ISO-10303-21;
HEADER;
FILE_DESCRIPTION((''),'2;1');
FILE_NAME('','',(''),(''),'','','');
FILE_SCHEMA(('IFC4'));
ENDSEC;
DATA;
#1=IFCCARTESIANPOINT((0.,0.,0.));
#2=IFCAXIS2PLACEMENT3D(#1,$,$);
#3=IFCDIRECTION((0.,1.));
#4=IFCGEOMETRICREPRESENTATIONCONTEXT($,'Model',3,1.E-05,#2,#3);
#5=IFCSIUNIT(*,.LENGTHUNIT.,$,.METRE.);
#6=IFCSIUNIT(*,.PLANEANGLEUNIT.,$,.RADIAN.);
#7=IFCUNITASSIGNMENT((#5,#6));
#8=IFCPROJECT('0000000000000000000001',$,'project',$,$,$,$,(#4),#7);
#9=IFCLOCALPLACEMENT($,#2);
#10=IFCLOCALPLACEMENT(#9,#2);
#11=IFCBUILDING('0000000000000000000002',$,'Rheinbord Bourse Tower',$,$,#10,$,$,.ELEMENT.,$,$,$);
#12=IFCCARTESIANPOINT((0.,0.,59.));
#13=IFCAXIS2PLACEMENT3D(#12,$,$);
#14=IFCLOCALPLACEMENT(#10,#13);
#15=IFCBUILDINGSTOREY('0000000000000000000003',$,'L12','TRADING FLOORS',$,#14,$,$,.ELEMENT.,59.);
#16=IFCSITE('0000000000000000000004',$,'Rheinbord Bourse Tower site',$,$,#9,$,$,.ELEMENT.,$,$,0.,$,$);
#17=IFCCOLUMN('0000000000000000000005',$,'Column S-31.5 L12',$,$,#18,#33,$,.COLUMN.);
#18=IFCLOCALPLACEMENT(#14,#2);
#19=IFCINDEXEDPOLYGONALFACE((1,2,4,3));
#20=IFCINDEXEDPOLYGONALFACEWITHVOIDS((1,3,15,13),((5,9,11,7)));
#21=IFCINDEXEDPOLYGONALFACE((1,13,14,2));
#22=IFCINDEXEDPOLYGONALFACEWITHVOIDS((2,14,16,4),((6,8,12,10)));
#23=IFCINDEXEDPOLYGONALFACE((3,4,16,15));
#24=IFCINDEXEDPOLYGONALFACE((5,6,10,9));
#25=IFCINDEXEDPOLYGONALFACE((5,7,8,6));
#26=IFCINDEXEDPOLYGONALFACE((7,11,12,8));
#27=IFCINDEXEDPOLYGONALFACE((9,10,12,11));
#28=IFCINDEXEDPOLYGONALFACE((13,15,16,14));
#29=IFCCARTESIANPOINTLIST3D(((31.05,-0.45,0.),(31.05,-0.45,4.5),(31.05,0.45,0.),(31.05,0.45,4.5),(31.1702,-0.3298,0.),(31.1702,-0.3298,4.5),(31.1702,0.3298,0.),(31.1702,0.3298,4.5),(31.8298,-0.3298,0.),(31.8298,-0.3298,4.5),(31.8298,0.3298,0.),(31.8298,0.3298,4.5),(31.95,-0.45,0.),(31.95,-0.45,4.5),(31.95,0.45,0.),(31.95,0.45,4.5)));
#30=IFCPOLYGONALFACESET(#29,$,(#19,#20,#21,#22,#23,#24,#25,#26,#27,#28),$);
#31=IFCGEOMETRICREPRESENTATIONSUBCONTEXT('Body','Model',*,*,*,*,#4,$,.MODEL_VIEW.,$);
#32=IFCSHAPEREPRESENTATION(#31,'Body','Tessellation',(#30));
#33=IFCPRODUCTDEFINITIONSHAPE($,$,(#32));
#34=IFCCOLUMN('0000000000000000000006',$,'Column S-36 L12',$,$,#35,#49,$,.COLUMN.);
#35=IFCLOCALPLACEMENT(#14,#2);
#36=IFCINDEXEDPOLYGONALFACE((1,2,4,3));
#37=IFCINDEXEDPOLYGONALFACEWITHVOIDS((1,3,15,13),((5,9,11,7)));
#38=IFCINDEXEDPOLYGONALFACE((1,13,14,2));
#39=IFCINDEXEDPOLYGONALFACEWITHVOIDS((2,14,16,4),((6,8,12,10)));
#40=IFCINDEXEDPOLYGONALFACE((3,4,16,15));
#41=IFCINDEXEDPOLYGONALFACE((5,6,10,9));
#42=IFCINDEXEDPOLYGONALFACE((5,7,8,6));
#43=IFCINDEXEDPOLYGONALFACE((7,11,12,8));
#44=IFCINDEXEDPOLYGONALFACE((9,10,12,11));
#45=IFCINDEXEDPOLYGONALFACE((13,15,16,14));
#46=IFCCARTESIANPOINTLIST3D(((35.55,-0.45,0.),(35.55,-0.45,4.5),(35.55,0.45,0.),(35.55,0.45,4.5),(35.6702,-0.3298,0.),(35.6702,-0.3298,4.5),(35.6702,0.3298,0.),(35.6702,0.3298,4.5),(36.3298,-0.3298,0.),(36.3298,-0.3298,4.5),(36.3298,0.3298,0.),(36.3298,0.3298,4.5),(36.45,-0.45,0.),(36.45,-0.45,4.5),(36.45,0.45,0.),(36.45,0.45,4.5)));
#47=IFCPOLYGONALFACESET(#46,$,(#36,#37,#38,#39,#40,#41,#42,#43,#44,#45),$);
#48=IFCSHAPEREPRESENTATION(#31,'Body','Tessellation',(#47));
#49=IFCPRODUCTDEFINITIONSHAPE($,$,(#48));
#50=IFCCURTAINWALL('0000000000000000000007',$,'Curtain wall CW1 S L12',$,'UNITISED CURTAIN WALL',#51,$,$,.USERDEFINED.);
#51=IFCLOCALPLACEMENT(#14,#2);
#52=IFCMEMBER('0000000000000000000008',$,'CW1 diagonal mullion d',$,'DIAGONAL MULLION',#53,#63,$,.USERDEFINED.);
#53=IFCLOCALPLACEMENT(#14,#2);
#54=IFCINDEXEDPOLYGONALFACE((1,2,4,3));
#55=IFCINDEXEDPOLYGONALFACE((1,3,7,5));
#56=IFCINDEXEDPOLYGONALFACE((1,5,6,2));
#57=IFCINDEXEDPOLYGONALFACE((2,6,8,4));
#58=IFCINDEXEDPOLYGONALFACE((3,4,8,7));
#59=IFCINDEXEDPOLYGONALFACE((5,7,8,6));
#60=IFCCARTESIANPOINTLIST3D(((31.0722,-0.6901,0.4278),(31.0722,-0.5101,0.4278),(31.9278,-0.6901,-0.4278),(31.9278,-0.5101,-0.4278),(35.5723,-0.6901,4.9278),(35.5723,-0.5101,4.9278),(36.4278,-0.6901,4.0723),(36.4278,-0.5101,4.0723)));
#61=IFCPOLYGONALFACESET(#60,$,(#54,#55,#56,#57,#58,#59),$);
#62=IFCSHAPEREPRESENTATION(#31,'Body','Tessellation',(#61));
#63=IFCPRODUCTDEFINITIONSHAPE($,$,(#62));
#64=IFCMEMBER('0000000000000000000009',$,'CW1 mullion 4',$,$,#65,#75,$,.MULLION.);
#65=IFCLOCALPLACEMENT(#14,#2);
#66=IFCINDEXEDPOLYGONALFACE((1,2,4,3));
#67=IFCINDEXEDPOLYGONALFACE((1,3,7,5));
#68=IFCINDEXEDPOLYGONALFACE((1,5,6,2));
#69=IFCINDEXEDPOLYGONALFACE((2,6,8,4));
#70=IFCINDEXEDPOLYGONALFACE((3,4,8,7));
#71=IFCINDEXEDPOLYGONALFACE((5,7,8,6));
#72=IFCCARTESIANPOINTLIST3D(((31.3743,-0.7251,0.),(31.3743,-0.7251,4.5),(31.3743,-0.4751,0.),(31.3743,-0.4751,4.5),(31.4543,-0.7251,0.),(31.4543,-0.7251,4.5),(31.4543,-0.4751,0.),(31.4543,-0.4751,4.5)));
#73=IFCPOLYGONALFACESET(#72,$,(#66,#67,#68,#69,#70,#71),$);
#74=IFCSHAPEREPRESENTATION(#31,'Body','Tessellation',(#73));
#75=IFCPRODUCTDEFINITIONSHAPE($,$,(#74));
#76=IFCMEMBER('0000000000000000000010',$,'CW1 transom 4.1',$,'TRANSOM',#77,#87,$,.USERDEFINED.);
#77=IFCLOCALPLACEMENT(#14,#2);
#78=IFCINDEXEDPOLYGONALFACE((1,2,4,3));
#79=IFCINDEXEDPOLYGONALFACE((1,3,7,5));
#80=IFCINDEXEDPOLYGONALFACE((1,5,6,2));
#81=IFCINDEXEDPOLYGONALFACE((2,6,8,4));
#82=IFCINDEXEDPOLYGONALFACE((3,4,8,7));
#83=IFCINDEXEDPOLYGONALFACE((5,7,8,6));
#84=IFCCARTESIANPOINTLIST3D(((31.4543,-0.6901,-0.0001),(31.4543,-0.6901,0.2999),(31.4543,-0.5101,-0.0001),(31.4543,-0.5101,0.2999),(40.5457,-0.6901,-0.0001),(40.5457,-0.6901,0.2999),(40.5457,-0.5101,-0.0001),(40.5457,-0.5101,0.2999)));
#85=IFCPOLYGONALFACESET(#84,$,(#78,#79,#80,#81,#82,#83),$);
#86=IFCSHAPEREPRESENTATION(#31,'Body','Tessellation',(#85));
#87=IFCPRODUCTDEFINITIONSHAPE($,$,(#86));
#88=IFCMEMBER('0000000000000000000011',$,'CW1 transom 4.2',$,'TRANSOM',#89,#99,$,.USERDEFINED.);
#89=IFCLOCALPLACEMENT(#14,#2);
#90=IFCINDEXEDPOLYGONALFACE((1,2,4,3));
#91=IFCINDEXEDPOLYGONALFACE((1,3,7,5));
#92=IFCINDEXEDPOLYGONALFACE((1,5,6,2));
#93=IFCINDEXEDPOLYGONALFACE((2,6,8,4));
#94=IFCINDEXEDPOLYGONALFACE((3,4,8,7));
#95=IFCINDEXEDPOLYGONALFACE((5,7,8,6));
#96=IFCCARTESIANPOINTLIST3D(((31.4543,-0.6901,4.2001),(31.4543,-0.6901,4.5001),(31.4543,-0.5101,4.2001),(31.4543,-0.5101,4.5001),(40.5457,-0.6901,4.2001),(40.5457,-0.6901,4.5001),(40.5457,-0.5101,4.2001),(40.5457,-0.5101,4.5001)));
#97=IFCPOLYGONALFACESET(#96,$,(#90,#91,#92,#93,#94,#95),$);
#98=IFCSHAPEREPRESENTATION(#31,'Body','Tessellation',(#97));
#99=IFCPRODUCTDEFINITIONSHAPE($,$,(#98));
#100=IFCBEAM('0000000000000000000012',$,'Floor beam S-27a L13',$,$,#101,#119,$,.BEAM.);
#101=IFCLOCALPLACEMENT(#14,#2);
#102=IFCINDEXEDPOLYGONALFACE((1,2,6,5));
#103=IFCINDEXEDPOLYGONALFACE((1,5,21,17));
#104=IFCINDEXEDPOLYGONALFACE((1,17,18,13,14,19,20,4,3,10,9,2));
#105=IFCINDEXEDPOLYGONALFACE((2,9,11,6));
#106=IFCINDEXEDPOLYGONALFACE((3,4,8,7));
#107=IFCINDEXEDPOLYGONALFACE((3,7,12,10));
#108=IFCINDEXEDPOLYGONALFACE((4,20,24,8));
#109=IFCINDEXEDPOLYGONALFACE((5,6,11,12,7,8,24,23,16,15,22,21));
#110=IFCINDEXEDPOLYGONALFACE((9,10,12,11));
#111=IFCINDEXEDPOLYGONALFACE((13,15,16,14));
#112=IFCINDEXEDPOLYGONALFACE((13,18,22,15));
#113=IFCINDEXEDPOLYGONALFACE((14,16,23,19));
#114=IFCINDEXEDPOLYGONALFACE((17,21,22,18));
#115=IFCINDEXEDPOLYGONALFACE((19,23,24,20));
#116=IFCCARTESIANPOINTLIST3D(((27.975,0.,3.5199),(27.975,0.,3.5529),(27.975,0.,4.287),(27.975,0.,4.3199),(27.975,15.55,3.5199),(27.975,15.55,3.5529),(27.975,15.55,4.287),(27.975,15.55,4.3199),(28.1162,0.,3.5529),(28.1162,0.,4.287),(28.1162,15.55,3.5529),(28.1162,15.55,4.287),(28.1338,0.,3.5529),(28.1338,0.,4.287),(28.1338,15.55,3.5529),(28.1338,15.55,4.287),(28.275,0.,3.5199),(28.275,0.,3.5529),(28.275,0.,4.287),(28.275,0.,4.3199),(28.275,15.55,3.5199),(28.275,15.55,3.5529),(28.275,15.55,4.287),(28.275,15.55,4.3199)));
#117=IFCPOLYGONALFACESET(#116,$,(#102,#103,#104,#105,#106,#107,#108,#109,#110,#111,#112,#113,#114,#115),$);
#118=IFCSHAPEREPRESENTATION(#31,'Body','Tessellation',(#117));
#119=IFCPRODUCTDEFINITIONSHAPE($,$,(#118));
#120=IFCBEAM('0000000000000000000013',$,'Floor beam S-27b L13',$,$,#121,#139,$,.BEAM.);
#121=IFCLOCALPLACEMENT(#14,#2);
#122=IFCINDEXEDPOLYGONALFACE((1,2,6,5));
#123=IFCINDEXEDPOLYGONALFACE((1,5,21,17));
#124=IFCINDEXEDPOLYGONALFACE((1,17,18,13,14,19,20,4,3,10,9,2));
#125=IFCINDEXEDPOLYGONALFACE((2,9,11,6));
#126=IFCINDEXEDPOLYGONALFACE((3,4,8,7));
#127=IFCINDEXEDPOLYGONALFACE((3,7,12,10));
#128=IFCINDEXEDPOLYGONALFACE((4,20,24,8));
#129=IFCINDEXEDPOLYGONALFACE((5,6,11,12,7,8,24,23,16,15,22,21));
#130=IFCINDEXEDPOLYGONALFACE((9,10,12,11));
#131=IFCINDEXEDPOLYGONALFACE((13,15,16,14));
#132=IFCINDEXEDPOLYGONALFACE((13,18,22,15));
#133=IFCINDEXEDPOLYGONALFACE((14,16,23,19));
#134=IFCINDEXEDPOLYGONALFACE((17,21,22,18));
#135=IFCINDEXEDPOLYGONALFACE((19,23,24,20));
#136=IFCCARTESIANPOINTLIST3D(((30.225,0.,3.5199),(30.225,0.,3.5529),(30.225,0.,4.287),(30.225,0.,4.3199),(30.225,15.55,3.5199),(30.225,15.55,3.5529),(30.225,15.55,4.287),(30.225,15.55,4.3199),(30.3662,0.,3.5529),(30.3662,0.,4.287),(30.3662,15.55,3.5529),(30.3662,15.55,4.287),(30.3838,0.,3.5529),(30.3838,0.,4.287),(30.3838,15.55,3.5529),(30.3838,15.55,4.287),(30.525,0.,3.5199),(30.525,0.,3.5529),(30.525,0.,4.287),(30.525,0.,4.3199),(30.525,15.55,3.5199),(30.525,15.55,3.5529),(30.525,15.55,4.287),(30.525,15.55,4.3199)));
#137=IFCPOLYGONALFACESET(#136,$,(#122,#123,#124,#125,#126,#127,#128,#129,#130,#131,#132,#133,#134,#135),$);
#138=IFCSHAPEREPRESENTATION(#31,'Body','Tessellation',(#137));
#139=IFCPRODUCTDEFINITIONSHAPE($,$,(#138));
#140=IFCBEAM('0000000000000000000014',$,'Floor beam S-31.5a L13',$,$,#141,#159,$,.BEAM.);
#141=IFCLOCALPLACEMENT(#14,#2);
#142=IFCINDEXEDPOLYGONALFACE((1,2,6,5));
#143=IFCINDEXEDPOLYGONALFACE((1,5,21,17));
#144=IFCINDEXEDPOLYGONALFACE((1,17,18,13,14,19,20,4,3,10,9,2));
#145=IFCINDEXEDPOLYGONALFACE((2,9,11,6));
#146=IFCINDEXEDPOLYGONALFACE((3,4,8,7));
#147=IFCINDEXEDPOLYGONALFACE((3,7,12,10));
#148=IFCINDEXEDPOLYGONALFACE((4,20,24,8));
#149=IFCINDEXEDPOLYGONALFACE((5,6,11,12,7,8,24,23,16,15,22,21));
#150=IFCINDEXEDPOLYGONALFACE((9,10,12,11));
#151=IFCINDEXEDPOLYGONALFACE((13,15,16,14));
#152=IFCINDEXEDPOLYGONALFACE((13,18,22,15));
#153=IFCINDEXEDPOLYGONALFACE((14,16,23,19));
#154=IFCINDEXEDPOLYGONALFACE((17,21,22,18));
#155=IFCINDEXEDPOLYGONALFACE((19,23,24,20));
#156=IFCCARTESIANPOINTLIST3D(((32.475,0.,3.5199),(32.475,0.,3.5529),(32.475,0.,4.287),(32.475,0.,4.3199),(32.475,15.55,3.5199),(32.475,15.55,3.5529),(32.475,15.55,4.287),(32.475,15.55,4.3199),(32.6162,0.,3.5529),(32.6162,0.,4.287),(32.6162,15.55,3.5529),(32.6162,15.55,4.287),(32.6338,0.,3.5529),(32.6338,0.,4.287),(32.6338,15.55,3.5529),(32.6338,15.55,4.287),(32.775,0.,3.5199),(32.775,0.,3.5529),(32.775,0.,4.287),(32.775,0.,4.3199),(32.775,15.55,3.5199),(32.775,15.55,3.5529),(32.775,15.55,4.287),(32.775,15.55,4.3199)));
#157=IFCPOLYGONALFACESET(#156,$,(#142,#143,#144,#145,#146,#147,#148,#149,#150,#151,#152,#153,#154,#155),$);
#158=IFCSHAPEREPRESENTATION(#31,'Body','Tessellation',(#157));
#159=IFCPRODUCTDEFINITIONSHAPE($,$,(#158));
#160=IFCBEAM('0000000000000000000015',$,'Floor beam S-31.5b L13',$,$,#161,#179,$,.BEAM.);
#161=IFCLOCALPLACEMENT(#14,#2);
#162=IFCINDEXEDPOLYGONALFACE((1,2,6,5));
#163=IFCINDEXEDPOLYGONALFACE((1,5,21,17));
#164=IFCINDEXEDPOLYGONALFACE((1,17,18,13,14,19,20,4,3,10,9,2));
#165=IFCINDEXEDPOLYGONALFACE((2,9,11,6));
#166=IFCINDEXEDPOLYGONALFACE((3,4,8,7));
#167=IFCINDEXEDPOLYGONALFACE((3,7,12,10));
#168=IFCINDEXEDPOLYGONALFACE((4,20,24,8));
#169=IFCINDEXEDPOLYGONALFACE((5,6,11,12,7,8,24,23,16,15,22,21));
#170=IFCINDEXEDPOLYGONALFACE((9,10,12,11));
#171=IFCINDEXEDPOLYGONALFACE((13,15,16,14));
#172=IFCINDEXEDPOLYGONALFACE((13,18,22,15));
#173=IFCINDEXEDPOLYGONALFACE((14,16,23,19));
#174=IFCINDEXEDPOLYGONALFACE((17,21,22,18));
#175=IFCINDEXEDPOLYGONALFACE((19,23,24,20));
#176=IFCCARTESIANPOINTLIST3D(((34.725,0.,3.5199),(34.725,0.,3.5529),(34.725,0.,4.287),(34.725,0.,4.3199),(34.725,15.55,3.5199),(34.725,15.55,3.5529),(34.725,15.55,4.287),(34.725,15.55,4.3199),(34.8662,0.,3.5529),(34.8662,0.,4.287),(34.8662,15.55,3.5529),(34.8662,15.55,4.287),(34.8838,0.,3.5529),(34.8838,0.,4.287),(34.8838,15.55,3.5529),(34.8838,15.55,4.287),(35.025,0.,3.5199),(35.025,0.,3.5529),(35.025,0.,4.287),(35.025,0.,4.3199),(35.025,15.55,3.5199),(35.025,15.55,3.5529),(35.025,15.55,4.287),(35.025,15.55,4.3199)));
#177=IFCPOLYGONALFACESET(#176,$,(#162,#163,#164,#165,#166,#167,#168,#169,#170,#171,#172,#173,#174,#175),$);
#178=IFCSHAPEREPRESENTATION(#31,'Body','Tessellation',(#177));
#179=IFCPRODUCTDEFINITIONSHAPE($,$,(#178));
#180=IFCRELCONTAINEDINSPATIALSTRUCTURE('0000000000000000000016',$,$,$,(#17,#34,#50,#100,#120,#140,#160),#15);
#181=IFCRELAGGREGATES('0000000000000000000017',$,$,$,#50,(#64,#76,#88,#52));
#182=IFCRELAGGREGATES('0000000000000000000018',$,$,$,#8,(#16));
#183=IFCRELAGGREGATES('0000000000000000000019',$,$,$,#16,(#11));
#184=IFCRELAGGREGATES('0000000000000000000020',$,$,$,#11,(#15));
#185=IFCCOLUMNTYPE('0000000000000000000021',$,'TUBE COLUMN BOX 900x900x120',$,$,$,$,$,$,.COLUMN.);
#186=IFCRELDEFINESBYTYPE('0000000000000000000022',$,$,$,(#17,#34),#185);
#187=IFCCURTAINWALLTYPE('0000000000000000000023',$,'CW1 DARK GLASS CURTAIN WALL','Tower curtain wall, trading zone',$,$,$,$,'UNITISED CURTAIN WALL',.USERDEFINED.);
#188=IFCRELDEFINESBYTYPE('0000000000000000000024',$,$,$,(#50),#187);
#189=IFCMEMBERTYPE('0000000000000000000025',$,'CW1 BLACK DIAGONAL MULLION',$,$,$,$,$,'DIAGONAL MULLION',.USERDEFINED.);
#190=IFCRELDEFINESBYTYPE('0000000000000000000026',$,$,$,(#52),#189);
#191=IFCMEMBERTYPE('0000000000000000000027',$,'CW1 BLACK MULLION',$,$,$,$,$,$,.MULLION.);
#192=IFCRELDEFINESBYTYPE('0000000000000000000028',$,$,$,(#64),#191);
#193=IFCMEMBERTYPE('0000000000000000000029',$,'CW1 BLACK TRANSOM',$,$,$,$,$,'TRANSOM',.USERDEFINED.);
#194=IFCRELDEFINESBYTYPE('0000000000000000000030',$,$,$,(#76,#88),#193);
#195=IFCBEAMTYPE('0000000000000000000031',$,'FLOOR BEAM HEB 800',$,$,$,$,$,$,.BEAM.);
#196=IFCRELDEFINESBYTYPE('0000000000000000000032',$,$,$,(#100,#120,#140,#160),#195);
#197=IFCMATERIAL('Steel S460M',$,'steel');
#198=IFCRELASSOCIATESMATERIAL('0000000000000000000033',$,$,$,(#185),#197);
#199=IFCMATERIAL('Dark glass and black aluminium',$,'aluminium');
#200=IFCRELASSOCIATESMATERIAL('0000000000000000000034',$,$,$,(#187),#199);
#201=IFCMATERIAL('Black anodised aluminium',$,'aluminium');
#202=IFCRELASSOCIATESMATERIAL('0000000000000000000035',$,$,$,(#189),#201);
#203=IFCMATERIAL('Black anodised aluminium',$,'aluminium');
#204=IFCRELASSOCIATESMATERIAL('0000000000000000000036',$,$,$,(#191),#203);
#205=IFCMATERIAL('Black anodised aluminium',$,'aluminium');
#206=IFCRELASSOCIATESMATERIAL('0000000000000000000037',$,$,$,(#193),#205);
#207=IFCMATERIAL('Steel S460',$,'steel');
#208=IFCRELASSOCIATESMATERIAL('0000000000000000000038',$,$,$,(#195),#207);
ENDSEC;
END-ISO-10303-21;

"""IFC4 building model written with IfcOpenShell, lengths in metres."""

from ifc_helpers import new_model, si_unit, direction, frame, origin, origin_2d, place, context, subcontext, project, spatial, rectangle, hollow_rectangle, i_section, extrude, material, material_profile, profile_set, type_object, element, aggregate, save


model = new_model("IFC4")

# Units and contexts
model_context = context("Model", 3, precision=1e-05, world=origin(), true_north=direction((0.0, 1.0)))
body_context = subcontext(model_context, "Body", "Model", "MODEL_VIEW")
ifc_project = project(units=[si_unit("LENGTHUNIT", "METRE"), si_unit("PLANEANGLEUNIT", "RADIAN")], contexts=[model_context])

# Site, building, storey
site_placement = place(None, origin())
site = spatial("IfcSite", under=ifc_project, at=site_placement, Name="Rheinbord Bourse Tower site", CompositionType="ELEMENT", RefElevation=0.0)
building_placement = place(site_placement, origin())
building = spatial("IfcBuilding", under=site, at=building_placement, Name="Rheinbord Bourse Tower", CompositionType="ELEMENT")
storey_placement = place(building_placement, frame((0.0, 0.0, 59.0)))
storey = spatial("IfcBuildingStorey", under=building, at=storey_placement, Name="L12", Description="TRADING FLOORS", CompositionType="ELEMENT", Elevation=59.0)

# Columns
ifc_material_1 = material(Name="Steel S460M", Category="steel")
ifc_material_profile_1 = material_profile(ifc_material_1, hollow_rectangle(XDim=0.8999, YDim=0.8999, WallThickness=0.1201, at=origin_2d()), Name="BOX 900x900x120")
ifc_profile_set_1 = profile_set([ifc_material_profile_1], Name="Steel S460M")
column_type = type_object("IfcColumnType", Name="TUBE COLUMN BOX 900x900x120", PredefinedType="COLUMN", material=ifc_profile_set_1)
for number, where, z_axis, x_axis, name in (
    (1, (31.5, 0.0, 0.0), (0.0, 0.0, 1.0), (0.0, 1.0, 0.0), "Column S-31.5 L12"),
    (2, (36.0, 0.0, 0.0), (0.0, 0.0, 1.0), (0.0, 1.0, 0.0), "Column S-36 L12"),
):
    element("IfcColumn", number, at=place(storey_placement, frame(where, z_axis=z_axis, x_axis=x_axis)), inside=storey, type_object=column_type, Name=name, PredefinedType="COLUMN", context=body_context, shape_type="SweptSolid", body=[
        extrude(hollow_rectangle(XDim=0.8999, YDim=0.8999, WallThickness=0.1201, at=origin_2d()), origin(), (0.0, 0.0, 1.0), 4.5),
    ])

# Curtain wall, members
ifc_material_2 = material(Name="Dark glass and black aluminium", Category="aluminium")
curtain_wall_type = type_object("IfcCurtainWallType", Name="CW1 DARK GLASS CURTAIN WALL", Description="Tower curtain wall, trading zone", ElementType="UNITISED CURTAIN WALL", PredefinedType="USERDEFINED", material=ifc_material_2)
curtain_wall_placement = place(storey_placement, origin())
curtain_wall = element("IfcCurtainWall", 3, at=curtain_wall_placement, inside=storey, type_object=curtain_wall_type, Name="Curtain wall CW1 S L12", ObjectType="UNITISED CURTAIN WALL", PredefinedType="USERDEFINED")
ifc_material_3 = material(Name="Black anodised aluminium", Category="aluminium")
ifc_material_profile_2 = material_profile(ifc_material_3, rectangle(XDim=0.1799, YDim=1.21, at=origin_2d()), Name="CW1 DIAGONAL MULLION 1210x180")
ifc_profile_set_2 = profile_set([ifc_material_profile_2], Name="Black anodised aluminium")
member_type_1 = type_object("IfcMemberType", Name="CW1 BLACK DIAGONAL MULLION", ElementType="DIAGONAL MULLION", PredefinedType="USERDEFINED", material=ifc_profile_set_2)
member_1_placement = place(storey_placement, frame((31.5, -0.6001, 0.0), z_axis=(0.707107, 0.0, 0.707107), x_axis=(0.0, 1.0, 0.0)))
member_1 = element("IfcMember", 4, at=member_1_placement, type_object=member_type_1, Name="CW1 diagonal mullion d", ObjectType="DIAGONAL MULLION", PredefinedType="USERDEFINED", context=body_context, shape_type="SweptSolid", body=[
    extrude(rectangle(XDim=0.1799, YDim=1.21, at=origin_2d()), origin(), (0.0, 0.0, 1.0), 6.364),
])
ifc_material_4 = material(Name="Black anodised aluminium", Category="aluminium")
ifc_material_profile_3 = material_profile(ifc_material_4, rectangle(XDim=0.25, YDim=0.0801, at=origin_2d()), Name="CW1 MULLION 80x250")
ifc_profile_set_3 = profile_set([ifc_material_profile_3], Name="Black anodised aluminium")
member_type_2 = type_object("IfcMemberType", Name="CW1 BLACK MULLION", PredefinedType="MULLION", material=ifc_profile_set_3)
member_2_placement = place(storey_placement, frame((31.4143, -0.6001, 0.0), z_axis=(0.0, 0.0, 1.0), x_axis=(0.0, 1.0, 0.0)))
member_2 = element("IfcMember", 5, at=member_2_placement, type_object=member_type_2, Name="CW1 mullion 4", PredefinedType="MULLION", context=body_context, shape_type="SweptSolid", body=[
    extrude(rectangle(XDim=0.25, YDim=0.0801, at=origin_2d()), origin(), (0.0, 0.0, 1.0), 4.5),
])
ifc_material_5 = material(Name="Black anodised aluminium", Category="aluminium")
ifc_material_profile_4 = material_profile(ifc_material_5, rectangle(XDim=0.1799, YDim=0.3, at=origin_2d()), Name="CW1 TRANSOM 300x180")
ifc_profile_set_4 = profile_set([ifc_material_profile_4], Name="Black anodised aluminium")
member_type_3 = type_object("IfcMemberType", Name="CW1 BLACK TRANSOM", ElementType="TRANSOM", PredefinedType="USERDEFINED", material=ifc_profile_set_4)
member_3_placement = place(storey_placement, frame((31.4543, -0.6001, 0.1499), z_axis=(1.0, 0.0, 0.0), x_axis=(0.0, 1.0, 0.0)))
member_3 = element("IfcMember", 6, at=member_3_placement, type_object=member_type_3, Name="CW1 transom 4.1", ObjectType="TRANSOM", PredefinedType="USERDEFINED", context=body_context, shape_type="SweptSolid", body=[
    extrude(rectangle(XDim=0.1799, YDim=0.3, at=origin_2d()), origin(), (0.0, 0.0, 1.0), 9.0913),
])
member_4_placement = place(storey_placement, frame((31.4543, -0.6001, 4.3501), z_axis=(1.0, 0.0, 0.0), x_axis=(0.0, 1.0, 0.0)))
member_4 = element("IfcMember", 7, at=member_4_placement, type_object=member_type_3, Name="CW1 transom 4.2", ObjectType="TRANSOM", PredefinedType="USERDEFINED", context=body_context, shape_type="SweptSolid", body=[
    extrude(rectangle(XDim=0.1799, YDim=0.3, at=origin_2d()), origin(), (0.0, 0.0, 1.0), 9.0913),
])

# Beams
ifc_material_6 = material(Name="Steel S460", Category="steel")
ifc_material_profile_5 = material_profile(ifc_material_6, i_section(OverallWidth=0.3, OverallDepth=0.8, WebThickness=0.0176, FlangeThickness=0.033, at=origin_2d()), Name="HEB 800")
ifc_profile_set_5 = profile_set([ifc_material_profile_5], Name="Steel S460")
beam_type_1 = type_object("IfcBeamType", Name="FLOOR BEAM HEB 800", PredefinedType="BEAM", material=ifc_profile_set_5)
for number, where, z_axis, x_axis, name in (
    (8, (28.125, 0.0, 3.9199), (0.0, 1.0, 0.0), (-1.0, 0.0, 0.0), "Floor beam S-27a L13"),
    (9, (30.375, 0.0, 3.9199), (0.0, 1.0, 0.0), (-1.0, 0.0, 0.0), "Floor beam S-27b L13"),
    (10, (32.625, 0.0, 3.9199), (0.0, 1.0, 0.0), (-1.0, 0.0, 0.0), "Floor beam S-31.5a L13"),
    (11, (34.875, 0.0, 3.9199), (0.0, 1.0, 0.0), (-1.0, 0.0, 0.0), "Floor beam S-31.5b L13"),
):
    element("IfcBeam", number, at=place(storey_placement, frame(where, z_axis=z_axis, x_axis=x_axis)), inside=storey, type_object=beam_type_1, Name=name, PredefinedType="BEAM", context=body_context, shape_type="SweptSolid", body=[
        extrude(i_section(OverallWidth=0.3, OverallDepth=0.8, WebThickness=0.0176, FlangeThickness=0.033, at=origin_2d()), origin(), (0.0, 0.0, 1.0), 15.55),
    ])

aggregate(curtain_wall, [member_2, member_3, member_4, member_1])

save(model, "model.ifc")
